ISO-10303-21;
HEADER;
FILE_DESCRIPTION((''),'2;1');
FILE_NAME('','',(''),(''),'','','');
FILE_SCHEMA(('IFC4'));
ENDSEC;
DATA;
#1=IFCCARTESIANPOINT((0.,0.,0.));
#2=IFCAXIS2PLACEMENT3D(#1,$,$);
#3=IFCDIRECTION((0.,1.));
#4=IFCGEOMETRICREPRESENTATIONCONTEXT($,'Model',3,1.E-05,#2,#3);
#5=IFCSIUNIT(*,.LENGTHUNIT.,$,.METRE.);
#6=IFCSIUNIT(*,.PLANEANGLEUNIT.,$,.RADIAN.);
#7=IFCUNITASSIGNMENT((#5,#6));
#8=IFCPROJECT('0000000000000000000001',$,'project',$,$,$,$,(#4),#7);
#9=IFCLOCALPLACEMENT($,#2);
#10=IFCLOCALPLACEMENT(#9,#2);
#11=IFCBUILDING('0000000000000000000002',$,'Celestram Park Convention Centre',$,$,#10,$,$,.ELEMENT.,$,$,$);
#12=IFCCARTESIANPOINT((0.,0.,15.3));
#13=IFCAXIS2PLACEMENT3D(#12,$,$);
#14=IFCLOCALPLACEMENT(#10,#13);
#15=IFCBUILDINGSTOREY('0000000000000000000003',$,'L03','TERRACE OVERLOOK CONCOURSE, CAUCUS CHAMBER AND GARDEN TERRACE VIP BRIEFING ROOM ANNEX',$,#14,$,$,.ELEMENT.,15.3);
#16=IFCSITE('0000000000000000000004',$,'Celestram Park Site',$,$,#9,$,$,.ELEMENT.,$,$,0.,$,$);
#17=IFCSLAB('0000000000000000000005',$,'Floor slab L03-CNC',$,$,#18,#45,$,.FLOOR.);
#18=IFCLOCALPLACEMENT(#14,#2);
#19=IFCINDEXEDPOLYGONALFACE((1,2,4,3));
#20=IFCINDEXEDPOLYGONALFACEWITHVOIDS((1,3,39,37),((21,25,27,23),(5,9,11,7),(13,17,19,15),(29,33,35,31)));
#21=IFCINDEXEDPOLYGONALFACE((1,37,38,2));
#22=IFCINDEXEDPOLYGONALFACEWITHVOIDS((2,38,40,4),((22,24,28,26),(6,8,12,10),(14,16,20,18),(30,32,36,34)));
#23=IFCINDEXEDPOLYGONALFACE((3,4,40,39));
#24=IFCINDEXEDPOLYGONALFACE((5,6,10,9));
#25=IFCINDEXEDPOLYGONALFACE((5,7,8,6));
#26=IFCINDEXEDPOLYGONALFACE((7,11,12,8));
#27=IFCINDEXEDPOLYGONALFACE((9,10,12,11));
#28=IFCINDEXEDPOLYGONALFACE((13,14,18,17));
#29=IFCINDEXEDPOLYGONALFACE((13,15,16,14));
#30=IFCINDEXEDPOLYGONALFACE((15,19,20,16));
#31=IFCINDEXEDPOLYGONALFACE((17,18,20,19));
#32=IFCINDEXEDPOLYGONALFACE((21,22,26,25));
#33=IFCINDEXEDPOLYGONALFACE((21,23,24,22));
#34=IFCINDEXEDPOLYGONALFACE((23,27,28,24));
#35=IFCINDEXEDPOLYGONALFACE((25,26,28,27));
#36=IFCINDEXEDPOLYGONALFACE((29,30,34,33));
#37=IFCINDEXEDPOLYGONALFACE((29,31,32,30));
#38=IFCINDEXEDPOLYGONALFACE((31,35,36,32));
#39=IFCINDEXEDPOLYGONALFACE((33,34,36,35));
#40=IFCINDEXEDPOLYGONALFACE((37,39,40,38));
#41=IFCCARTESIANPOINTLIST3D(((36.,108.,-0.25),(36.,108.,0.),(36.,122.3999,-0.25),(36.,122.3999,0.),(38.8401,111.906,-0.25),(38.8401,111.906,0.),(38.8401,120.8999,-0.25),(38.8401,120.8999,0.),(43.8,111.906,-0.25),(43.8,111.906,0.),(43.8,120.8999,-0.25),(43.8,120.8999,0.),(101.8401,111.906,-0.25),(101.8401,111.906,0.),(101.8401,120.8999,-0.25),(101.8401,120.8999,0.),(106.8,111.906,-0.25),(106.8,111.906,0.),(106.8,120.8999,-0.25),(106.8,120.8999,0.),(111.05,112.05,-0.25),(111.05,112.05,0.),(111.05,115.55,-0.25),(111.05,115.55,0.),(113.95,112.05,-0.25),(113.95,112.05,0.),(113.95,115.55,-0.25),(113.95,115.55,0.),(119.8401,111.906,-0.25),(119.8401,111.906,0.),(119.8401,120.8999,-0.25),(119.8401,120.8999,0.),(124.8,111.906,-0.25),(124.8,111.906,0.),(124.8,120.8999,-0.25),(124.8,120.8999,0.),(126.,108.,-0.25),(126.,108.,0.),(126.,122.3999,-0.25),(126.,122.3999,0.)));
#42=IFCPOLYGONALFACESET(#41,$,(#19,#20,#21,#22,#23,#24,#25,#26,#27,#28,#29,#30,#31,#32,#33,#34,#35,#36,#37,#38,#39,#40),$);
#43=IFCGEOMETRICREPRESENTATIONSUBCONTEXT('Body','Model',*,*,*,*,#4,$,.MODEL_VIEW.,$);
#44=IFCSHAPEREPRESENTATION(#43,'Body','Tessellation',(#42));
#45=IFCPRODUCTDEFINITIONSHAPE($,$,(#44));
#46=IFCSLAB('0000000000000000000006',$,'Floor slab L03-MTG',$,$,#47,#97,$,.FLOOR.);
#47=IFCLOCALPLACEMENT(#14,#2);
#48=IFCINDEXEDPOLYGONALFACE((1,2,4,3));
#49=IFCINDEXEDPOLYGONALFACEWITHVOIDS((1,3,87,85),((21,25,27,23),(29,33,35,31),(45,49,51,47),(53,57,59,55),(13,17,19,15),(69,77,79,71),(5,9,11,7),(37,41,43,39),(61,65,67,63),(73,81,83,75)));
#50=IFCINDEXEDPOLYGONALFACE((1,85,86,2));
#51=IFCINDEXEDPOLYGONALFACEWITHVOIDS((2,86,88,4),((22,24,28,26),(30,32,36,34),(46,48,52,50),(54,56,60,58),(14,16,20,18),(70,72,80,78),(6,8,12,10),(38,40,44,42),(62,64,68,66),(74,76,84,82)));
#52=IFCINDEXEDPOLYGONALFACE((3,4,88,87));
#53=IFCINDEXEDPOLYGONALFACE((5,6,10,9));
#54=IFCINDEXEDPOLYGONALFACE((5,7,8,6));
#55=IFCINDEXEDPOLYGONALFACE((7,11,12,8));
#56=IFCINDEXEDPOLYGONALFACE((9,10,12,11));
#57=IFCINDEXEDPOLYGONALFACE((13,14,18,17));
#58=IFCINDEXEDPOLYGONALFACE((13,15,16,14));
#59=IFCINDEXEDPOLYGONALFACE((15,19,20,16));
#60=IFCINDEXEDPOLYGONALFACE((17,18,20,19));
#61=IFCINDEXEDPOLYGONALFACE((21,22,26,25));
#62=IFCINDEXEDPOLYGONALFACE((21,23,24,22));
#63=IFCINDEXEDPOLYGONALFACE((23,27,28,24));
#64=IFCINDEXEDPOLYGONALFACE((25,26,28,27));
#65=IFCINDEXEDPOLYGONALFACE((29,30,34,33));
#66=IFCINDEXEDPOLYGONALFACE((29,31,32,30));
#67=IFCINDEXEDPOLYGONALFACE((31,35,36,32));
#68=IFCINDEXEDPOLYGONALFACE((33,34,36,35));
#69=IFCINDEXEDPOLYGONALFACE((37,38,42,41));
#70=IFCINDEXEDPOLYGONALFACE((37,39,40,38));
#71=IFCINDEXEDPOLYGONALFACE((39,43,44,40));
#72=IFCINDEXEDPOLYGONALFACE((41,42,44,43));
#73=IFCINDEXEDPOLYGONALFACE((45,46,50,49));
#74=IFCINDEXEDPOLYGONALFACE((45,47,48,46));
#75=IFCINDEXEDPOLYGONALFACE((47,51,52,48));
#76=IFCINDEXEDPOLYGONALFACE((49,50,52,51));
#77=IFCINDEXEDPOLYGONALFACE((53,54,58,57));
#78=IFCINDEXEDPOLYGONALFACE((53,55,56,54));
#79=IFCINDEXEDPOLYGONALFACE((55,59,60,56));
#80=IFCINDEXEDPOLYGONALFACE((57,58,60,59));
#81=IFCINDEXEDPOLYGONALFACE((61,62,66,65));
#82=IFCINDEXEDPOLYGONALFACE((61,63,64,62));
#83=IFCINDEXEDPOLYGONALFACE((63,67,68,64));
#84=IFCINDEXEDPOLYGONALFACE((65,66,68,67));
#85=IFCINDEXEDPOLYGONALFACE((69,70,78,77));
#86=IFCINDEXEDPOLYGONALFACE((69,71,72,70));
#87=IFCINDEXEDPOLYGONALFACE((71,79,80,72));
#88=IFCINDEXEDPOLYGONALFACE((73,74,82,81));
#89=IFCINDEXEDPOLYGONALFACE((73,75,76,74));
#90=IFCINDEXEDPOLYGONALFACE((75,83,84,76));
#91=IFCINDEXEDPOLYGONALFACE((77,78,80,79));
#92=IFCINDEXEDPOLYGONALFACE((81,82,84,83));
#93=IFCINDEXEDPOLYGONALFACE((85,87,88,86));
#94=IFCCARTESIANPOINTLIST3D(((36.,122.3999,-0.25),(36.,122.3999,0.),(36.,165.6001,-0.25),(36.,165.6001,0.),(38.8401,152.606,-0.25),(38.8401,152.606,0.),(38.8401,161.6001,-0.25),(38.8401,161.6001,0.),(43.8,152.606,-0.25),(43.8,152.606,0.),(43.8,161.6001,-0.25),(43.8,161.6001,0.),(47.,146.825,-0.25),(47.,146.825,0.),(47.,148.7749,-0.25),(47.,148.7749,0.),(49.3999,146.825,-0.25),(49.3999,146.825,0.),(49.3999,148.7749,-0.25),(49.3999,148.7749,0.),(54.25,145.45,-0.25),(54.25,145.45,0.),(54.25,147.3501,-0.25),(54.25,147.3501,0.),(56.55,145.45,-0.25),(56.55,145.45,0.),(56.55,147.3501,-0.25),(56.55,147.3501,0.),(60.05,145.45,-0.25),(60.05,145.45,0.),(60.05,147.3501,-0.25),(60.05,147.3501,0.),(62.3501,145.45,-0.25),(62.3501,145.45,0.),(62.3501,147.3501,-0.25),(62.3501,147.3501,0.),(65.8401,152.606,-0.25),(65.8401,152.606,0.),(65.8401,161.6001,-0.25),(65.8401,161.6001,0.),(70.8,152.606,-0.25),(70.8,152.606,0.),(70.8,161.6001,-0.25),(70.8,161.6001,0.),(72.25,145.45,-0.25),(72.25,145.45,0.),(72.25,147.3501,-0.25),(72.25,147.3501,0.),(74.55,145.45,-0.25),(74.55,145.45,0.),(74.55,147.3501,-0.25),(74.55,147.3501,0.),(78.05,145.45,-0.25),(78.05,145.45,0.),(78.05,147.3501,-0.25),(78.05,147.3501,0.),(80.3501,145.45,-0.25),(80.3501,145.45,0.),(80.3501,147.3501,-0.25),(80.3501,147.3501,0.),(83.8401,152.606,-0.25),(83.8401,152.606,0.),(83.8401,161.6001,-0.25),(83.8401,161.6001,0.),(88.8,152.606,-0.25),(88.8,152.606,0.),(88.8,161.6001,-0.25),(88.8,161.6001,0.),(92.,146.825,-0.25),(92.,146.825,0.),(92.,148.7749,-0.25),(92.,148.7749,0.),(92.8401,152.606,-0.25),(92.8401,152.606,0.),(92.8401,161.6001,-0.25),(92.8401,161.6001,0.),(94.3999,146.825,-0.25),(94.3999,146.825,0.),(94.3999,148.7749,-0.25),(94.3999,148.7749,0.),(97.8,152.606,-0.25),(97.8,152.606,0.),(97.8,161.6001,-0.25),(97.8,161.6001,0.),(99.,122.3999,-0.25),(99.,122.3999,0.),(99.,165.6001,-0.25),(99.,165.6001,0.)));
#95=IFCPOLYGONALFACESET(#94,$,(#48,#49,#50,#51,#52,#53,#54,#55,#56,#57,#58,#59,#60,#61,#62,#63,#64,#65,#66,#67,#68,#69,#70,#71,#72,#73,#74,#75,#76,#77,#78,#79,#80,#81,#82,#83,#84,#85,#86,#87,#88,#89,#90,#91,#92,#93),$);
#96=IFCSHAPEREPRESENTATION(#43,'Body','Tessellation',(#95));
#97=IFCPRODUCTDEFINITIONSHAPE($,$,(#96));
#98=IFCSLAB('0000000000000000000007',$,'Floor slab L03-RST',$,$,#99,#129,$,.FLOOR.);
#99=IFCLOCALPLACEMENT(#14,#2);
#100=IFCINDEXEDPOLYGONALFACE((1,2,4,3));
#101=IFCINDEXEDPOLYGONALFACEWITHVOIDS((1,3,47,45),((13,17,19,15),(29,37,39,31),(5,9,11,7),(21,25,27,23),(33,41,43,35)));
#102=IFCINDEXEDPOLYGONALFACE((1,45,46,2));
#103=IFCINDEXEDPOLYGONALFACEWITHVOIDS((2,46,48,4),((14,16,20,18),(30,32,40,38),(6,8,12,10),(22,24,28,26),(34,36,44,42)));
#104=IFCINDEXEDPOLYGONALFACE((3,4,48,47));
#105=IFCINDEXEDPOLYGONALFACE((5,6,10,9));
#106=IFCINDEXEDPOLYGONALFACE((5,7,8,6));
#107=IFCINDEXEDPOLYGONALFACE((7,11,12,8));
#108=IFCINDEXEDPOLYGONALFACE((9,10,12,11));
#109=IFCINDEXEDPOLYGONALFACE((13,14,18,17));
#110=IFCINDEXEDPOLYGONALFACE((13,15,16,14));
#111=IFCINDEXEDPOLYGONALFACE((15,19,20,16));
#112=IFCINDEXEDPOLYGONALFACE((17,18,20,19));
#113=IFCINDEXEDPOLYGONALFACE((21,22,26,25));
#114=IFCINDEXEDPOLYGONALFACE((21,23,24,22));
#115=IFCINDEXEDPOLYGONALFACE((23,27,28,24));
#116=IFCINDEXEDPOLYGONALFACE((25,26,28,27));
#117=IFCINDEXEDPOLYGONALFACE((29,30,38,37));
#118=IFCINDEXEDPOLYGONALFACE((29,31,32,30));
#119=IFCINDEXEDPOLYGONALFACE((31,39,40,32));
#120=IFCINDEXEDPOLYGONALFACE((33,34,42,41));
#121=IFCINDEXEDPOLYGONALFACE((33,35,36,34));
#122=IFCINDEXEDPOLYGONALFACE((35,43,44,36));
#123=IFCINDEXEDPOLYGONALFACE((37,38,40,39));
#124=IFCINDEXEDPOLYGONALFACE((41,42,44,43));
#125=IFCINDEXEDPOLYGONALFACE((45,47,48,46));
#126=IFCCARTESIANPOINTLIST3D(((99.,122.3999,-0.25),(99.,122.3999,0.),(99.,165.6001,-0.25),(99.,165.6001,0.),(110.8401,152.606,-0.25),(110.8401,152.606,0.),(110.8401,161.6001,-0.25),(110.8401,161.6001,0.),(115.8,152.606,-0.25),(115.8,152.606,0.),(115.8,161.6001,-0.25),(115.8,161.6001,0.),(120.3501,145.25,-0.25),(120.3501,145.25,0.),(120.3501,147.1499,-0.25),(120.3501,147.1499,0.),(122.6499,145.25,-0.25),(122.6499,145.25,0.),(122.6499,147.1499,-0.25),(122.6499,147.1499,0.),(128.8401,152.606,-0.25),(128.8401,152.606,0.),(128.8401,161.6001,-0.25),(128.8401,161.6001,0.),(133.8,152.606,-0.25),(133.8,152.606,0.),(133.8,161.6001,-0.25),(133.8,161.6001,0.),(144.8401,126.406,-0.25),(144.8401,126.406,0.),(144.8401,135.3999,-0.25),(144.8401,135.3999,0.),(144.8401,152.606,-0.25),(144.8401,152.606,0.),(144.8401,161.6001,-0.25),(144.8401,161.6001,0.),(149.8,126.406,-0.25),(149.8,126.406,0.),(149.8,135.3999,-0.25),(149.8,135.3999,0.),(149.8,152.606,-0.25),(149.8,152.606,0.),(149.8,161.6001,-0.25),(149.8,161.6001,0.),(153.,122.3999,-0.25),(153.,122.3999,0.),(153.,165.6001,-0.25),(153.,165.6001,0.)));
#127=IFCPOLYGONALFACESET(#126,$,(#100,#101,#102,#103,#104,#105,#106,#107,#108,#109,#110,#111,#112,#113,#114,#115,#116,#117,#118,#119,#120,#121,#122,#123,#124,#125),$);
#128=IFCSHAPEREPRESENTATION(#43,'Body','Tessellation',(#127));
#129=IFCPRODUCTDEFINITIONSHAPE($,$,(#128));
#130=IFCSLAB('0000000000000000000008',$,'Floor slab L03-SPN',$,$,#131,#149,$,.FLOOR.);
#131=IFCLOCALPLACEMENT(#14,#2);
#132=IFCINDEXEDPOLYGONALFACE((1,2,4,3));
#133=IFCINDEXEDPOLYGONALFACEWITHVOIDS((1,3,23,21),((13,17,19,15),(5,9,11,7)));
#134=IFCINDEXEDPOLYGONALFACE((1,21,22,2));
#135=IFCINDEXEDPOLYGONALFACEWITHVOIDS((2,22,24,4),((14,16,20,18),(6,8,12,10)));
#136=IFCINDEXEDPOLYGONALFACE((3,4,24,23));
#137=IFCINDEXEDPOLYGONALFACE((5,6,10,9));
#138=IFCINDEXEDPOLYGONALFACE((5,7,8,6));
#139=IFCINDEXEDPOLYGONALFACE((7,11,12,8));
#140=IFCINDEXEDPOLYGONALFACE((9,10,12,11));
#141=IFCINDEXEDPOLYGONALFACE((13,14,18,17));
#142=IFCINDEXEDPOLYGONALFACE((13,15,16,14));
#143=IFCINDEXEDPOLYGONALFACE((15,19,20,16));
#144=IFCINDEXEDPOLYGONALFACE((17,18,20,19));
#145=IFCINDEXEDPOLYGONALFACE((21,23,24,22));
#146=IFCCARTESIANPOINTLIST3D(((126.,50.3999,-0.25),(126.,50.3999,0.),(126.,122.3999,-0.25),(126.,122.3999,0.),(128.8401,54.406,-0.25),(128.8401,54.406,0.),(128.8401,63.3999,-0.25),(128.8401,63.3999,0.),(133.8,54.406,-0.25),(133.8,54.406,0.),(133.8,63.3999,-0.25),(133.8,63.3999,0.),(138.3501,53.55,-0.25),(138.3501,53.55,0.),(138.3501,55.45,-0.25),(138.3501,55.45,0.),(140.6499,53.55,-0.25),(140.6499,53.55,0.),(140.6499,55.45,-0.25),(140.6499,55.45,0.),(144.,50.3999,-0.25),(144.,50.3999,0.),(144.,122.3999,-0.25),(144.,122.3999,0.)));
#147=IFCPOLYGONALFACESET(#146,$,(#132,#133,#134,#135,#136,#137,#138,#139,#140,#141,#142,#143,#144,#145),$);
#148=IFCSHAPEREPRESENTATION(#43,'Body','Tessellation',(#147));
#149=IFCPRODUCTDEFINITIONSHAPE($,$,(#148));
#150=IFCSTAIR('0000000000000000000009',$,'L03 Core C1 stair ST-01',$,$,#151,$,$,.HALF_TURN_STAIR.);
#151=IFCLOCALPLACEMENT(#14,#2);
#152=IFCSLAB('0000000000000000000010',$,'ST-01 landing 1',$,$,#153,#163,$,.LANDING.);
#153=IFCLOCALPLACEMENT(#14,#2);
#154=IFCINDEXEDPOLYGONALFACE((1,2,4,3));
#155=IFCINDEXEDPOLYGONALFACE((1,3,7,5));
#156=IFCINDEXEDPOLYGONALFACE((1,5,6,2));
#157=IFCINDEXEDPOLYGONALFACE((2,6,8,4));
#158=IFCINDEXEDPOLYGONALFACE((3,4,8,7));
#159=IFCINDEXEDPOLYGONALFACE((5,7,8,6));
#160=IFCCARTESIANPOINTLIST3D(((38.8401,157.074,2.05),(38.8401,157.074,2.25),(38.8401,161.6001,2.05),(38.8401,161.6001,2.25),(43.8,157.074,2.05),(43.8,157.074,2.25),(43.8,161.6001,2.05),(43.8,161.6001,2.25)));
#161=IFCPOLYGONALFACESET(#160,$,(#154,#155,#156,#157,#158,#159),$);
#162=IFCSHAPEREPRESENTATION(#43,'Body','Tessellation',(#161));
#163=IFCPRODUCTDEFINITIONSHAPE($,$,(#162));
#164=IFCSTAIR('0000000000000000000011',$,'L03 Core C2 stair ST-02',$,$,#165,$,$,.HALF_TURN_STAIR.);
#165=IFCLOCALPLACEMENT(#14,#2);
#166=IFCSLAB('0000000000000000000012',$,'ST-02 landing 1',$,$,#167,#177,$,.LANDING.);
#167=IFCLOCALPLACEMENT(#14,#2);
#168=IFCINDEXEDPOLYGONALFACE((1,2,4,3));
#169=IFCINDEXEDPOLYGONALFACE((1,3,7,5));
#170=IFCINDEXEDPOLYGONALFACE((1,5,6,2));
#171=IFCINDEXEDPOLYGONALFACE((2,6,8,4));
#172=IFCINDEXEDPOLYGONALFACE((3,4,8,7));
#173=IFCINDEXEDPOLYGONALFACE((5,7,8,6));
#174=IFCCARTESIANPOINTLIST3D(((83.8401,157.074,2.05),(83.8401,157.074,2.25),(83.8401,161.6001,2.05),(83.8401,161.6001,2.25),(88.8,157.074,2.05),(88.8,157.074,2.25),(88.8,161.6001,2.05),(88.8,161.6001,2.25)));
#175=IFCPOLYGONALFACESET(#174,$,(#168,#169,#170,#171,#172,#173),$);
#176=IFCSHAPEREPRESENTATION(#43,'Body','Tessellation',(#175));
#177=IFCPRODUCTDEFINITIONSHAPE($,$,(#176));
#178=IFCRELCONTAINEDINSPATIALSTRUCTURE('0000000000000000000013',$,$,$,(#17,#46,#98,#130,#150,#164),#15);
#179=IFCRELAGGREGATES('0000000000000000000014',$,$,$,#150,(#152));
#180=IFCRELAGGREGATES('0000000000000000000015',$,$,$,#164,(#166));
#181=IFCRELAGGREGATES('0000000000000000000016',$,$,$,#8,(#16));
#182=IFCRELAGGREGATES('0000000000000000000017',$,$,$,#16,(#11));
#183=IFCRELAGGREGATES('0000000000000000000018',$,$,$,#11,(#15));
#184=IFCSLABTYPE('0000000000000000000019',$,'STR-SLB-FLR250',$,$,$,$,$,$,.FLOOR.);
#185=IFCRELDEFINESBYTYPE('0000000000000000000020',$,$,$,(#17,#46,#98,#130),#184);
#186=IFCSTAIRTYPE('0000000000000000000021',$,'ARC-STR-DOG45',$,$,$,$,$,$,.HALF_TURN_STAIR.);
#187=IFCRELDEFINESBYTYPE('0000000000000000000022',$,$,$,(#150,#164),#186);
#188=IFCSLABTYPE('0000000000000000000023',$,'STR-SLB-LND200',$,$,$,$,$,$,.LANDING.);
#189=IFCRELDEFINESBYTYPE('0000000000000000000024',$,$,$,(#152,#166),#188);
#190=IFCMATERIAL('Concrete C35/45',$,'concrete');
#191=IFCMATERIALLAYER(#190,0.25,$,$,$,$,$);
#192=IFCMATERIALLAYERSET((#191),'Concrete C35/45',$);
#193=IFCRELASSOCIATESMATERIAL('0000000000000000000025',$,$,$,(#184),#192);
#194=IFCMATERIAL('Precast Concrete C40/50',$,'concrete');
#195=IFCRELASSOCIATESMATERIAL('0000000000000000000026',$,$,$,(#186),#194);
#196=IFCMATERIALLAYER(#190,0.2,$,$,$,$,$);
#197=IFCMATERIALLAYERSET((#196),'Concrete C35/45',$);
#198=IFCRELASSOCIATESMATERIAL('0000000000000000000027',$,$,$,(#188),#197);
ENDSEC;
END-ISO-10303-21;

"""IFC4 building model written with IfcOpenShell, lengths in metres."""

from ifc_helpers import new_model, si_unit, direction, frame, origin, place, context, subcontext, project, spatial, polyline, outline, extrude, material, layer, layer_set, type_object, element, aggregate, save


model = new_model("IFC4")

# Units and contexts
model_context = context("Model", 3, precision=1e-05, world=origin(), true_north=direction((0.0, 1.0)))
body_context = subcontext(model_context, "Body", "Model", "MODEL_VIEW")
ifc_project = project(units=[si_unit("LENGTHUNIT", "METRE"), si_unit("PLANEANGLEUNIT", "RADIAN")], contexts=[model_context])

# Site, building, storey
site_placement = place(None, origin())
site = spatial("IfcSite", under=ifc_project, at=site_placement, Name="Celestram Park Site", CompositionType="ELEMENT", RefElevation=0.0)
building_placement = place(site_placement, origin())
building = spatial("IfcBuilding", under=site, at=building_placement, Name="Celestram Park Convention Centre", CompositionType="ELEMENT")
storey_placement = place(building_placement, frame((0.0, 0.0, 15.3)))
storey = spatial("IfcBuildingStorey", under=building, at=storey_placement, Name="L03", Description="TERRACE OVERLOOK CONCOURSE, CAUCUS CHAMBER AND GARDEN TERRACE VIP BRIEFING ROOM ANNEX", CompositionType="ELEMENT", Elevation=15.3)

# Slabs
ifc_material_1 = material(Name="Concrete C35/45", Category="concrete")
ifc_layer_1 = layer(ifc_material_1, 0.25)
ifc_layer_set_1 = layer_set([ifc_layer_1], Name="Concrete C35/45")
slab_type_1 = type_object("IfcSlabType", Name="STR-SLB-FLR250", PredefinedType="FLOOR", material=ifc_layer_set_1)
slab_1_placement = place(storey_placement, frame((0.0, 0.0, -0.25)))
element("IfcSlab", 1, at=slab_1_placement, inside=storey, type_object=slab_type_1, Name="Floor slab L03-CNC", PredefinedType="FLOOR", context=body_context, shape_type="SweptSolid", body=[
    extrude(outline(polyline([(36.0, 108.0), (36.0, 122.3999), (126.0, 122.3999), (126.0, 108.0), (36.0, 108.0)]), holes=[polyline([(43.8, 120.8999), (38.8401, 120.8999), (38.8401, 111.906), (43.8, 111.906), (43.8, 120.8999)]), polyline([(111.05, 112.05), (113.95, 112.05), (113.95, 115.55), (111.05, 115.55), (111.05, 112.05)]), polyline([(106.8, 111.906), (106.8, 120.8999), (101.8401, 120.8999), (101.8401, 111.906), (106.8, 111.906)]), polyline([(124.8, 120.8999), (119.8401, 120.8999), (119.8401, 111.906), (124.8, 111.906), (124.8, 120.8999)])]), origin(), (0.0, 0.0, 1.0), 0.25),
])
slab_2_placement = place(storey_placement, frame((0.0, 0.0, -0.25)))
element("IfcSlab", 2, at=slab_2_placement, inside=storey, type_object=slab_type_1, Name="Floor slab L03-MTG", PredefinedType="FLOOR", context=body_context, shape_type="SweptSolid", body=[
    extrude(outline(polyline([(36.0, 122.3999), (36.0, 165.6001), (99.0, 165.6001), (99.0, 122.3999), (36.0, 122.3999)]), holes=[polyline([(56.55, 145.45), (56.55, 147.3501), (54.25, 147.3501), (54.25, 145.45), (56.55, 145.45)]), polyline([(62.3501, 145.45), (62.3501, 147.3501), (60.05, 147.3501), (60.05, 145.45), (62.3501, 145.45)]), polyline([(72.25, 145.45), (74.55, 145.45), (74.55, 147.3501), (72.25, 147.3501), (72.25, 145.45)]), polyline([(78.05, 145.45), (80.3501, 145.45), (80.3501, 147.3501), (78.05, 147.3501), (78.05, 145.45)]), polyline([(49.3999, 146.825), (49.3999, 148.7749), (47.0, 148.7749), (47.0, 146.825), (49.3999, 146.825)]), polyline([(94.3999, 146.825), (94.3999, 148.7749), (92.0, 148.7749), (92.0, 146.825), (94.3999, 146.825)]), polyline([(43.8, 161.6001), (38.8401, 161.6001), (38.8401, 152.606), (43.8, 152.606), (43.8, 161.6001)]), polyline([(70.8, 152.606), (70.8, 161.6001), (65.8401, 161.6001), (65.8401, 152.606), (70.8, 152.606)]), polyline([(88.8, 152.606), (88.8, 161.6001), (83.8401, 161.6001), (83.8401, 152.606), (88.8, 152.606)]), polyline([(97.8, 161.6001), (92.8401, 161.6001), (92.8401, 152.606), (97.8, 152.606), (97.8, 161.6001)])]), origin(), (0.0, 0.0, 1.0), 0.25),
])
slab_3_placement = place(storey_placement, frame((0.0, 0.0, -0.25)))
element("IfcSlab", 3, at=slab_3_placement, inside=storey, type_object=slab_type_1, Name="Floor slab L03-RST", PredefinedType="FLOOR", context=body_context, shape_type="SweptSolid", body=[
    extrude(outline(polyline([(99.0, 122.3999), (99.0, 165.6001), (153.0, 165.6001), (153.0, 122.3999), (99.0, 122.3999)]), holes=[polyline([(149.8, 126.406), (149.8, 135.3999), (144.8401, 135.3999), (144.8401, 126.406), (149.8, 126.406)]), polyline([(120.3501, 145.25), (122.6499, 145.25), (122.6499, 147.1499), (120.3501, 147.1499), (120.3501, 145.25)]), polyline([(115.8, 161.6001), (110.8401, 161.6001), (110.8401, 152.606), (115.8, 152.606), (115.8, 161.6001)]), polyline([(133.8, 152.606), (133.8, 161.6001), (128.8401, 161.6001), (128.8401, 152.606), (133.8, 152.606)]), polyline([(149.8, 152.606), (149.8, 161.6001), (144.8401, 161.6001), (144.8401, 152.606), (149.8, 152.606)])]), origin(), (0.0, 0.0, 1.0), 0.25),
])
slab_4_placement = place(storey_placement, frame((0.0, 0.0, -0.25)))
element("IfcSlab", 4, at=slab_4_placement, inside=storey, type_object=slab_type_1, Name="Floor slab L03-SPN", PredefinedType="FLOOR", context=body_context, shape_type="SweptSolid", body=[
    extrude(outline(polyline([(126.0, 50.3999), (126.0, 122.3999), (144.0, 122.3999), (144.0, 50.3999), (126.0, 50.3999)]), holes=[polyline([(140.6499, 53.55), (140.6499, 55.45), (138.3501, 55.45), (138.3501, 53.55), (140.6499, 53.55)]), polyline([(133.8, 63.3999), (128.8401, 63.3999), (128.8401, 54.406), (133.8, 54.406), (133.8, 63.3999)])]), origin(), (0.0, 0.0, 1.0), 0.25),
])

# Stairs, slabs
ifc_material_2 = material(Name="Precast Concrete C40/50", Category="concrete")
stair_type = type_object("IfcStairType", Name="ARC-STR-DOG45", PredefinedType="HALF_TURN_STAIR", material=ifc_material_2)
stair_1_placement = place(storey_placement, origin())
stair_1 = element("IfcStair", 5, at=stair_1_placement, inside=storey, type_object=stair_type, Name="L03 Core C1 stair ST-01", PredefinedType="HALF_TURN_STAIR")
ifc_layer_2 = layer(ifc_material_1, 0.2)
ifc_layer_set_2 = layer_set([ifc_layer_2], Name="Concrete C35/45")
slab_type_2 = type_object("IfcSlabType", Name="STR-SLB-LND200", PredefinedType="LANDING", material=ifc_layer_set_2)
slab_5_placement = place(storey_placement, frame((0.0, 0.0, 2.05)))
slab_5 = element("IfcSlab", 6, at=slab_5_placement, type_object=slab_type_2, Name="ST-01 landing 1", PredefinedType="LANDING", context=body_context, shape_type="SweptSolid", body=[
    extrude(outline(polyline([(43.8, 157.074), (43.8, 161.6001), (38.8401, 161.6001), (38.8401, 157.074), (43.8, 157.074)])), origin(), (0.0, 0.0, 1.0), 0.2),
])
aggregate(stair_1, [slab_5])
stair_2_placement = place(storey_placement, origin())
stair_2 = element("IfcStair", 7, at=stair_2_placement, inside=storey, type_object=stair_type, Name="L03 Core C2 stair ST-02", PredefinedType="HALF_TURN_STAIR")
slab_6_placement = place(storey_placement, frame((0.0, 0.0, 2.05)))
slab_6 = element("IfcSlab", 8, at=slab_6_placement, type_object=slab_type_2, Name="ST-02 landing 1", PredefinedType="LANDING", context=body_context, shape_type="SweptSolid", body=[
    extrude(outline(polyline([(88.8, 157.074), (88.8, 161.6001), (83.8401, 161.6001), (83.8401, 157.074), (88.8, 157.074)])), origin(), (0.0, 0.0, 1.0), 0.2),
])
aggregate(stair_2, [slab_6])

save(model, "model.ifc")
